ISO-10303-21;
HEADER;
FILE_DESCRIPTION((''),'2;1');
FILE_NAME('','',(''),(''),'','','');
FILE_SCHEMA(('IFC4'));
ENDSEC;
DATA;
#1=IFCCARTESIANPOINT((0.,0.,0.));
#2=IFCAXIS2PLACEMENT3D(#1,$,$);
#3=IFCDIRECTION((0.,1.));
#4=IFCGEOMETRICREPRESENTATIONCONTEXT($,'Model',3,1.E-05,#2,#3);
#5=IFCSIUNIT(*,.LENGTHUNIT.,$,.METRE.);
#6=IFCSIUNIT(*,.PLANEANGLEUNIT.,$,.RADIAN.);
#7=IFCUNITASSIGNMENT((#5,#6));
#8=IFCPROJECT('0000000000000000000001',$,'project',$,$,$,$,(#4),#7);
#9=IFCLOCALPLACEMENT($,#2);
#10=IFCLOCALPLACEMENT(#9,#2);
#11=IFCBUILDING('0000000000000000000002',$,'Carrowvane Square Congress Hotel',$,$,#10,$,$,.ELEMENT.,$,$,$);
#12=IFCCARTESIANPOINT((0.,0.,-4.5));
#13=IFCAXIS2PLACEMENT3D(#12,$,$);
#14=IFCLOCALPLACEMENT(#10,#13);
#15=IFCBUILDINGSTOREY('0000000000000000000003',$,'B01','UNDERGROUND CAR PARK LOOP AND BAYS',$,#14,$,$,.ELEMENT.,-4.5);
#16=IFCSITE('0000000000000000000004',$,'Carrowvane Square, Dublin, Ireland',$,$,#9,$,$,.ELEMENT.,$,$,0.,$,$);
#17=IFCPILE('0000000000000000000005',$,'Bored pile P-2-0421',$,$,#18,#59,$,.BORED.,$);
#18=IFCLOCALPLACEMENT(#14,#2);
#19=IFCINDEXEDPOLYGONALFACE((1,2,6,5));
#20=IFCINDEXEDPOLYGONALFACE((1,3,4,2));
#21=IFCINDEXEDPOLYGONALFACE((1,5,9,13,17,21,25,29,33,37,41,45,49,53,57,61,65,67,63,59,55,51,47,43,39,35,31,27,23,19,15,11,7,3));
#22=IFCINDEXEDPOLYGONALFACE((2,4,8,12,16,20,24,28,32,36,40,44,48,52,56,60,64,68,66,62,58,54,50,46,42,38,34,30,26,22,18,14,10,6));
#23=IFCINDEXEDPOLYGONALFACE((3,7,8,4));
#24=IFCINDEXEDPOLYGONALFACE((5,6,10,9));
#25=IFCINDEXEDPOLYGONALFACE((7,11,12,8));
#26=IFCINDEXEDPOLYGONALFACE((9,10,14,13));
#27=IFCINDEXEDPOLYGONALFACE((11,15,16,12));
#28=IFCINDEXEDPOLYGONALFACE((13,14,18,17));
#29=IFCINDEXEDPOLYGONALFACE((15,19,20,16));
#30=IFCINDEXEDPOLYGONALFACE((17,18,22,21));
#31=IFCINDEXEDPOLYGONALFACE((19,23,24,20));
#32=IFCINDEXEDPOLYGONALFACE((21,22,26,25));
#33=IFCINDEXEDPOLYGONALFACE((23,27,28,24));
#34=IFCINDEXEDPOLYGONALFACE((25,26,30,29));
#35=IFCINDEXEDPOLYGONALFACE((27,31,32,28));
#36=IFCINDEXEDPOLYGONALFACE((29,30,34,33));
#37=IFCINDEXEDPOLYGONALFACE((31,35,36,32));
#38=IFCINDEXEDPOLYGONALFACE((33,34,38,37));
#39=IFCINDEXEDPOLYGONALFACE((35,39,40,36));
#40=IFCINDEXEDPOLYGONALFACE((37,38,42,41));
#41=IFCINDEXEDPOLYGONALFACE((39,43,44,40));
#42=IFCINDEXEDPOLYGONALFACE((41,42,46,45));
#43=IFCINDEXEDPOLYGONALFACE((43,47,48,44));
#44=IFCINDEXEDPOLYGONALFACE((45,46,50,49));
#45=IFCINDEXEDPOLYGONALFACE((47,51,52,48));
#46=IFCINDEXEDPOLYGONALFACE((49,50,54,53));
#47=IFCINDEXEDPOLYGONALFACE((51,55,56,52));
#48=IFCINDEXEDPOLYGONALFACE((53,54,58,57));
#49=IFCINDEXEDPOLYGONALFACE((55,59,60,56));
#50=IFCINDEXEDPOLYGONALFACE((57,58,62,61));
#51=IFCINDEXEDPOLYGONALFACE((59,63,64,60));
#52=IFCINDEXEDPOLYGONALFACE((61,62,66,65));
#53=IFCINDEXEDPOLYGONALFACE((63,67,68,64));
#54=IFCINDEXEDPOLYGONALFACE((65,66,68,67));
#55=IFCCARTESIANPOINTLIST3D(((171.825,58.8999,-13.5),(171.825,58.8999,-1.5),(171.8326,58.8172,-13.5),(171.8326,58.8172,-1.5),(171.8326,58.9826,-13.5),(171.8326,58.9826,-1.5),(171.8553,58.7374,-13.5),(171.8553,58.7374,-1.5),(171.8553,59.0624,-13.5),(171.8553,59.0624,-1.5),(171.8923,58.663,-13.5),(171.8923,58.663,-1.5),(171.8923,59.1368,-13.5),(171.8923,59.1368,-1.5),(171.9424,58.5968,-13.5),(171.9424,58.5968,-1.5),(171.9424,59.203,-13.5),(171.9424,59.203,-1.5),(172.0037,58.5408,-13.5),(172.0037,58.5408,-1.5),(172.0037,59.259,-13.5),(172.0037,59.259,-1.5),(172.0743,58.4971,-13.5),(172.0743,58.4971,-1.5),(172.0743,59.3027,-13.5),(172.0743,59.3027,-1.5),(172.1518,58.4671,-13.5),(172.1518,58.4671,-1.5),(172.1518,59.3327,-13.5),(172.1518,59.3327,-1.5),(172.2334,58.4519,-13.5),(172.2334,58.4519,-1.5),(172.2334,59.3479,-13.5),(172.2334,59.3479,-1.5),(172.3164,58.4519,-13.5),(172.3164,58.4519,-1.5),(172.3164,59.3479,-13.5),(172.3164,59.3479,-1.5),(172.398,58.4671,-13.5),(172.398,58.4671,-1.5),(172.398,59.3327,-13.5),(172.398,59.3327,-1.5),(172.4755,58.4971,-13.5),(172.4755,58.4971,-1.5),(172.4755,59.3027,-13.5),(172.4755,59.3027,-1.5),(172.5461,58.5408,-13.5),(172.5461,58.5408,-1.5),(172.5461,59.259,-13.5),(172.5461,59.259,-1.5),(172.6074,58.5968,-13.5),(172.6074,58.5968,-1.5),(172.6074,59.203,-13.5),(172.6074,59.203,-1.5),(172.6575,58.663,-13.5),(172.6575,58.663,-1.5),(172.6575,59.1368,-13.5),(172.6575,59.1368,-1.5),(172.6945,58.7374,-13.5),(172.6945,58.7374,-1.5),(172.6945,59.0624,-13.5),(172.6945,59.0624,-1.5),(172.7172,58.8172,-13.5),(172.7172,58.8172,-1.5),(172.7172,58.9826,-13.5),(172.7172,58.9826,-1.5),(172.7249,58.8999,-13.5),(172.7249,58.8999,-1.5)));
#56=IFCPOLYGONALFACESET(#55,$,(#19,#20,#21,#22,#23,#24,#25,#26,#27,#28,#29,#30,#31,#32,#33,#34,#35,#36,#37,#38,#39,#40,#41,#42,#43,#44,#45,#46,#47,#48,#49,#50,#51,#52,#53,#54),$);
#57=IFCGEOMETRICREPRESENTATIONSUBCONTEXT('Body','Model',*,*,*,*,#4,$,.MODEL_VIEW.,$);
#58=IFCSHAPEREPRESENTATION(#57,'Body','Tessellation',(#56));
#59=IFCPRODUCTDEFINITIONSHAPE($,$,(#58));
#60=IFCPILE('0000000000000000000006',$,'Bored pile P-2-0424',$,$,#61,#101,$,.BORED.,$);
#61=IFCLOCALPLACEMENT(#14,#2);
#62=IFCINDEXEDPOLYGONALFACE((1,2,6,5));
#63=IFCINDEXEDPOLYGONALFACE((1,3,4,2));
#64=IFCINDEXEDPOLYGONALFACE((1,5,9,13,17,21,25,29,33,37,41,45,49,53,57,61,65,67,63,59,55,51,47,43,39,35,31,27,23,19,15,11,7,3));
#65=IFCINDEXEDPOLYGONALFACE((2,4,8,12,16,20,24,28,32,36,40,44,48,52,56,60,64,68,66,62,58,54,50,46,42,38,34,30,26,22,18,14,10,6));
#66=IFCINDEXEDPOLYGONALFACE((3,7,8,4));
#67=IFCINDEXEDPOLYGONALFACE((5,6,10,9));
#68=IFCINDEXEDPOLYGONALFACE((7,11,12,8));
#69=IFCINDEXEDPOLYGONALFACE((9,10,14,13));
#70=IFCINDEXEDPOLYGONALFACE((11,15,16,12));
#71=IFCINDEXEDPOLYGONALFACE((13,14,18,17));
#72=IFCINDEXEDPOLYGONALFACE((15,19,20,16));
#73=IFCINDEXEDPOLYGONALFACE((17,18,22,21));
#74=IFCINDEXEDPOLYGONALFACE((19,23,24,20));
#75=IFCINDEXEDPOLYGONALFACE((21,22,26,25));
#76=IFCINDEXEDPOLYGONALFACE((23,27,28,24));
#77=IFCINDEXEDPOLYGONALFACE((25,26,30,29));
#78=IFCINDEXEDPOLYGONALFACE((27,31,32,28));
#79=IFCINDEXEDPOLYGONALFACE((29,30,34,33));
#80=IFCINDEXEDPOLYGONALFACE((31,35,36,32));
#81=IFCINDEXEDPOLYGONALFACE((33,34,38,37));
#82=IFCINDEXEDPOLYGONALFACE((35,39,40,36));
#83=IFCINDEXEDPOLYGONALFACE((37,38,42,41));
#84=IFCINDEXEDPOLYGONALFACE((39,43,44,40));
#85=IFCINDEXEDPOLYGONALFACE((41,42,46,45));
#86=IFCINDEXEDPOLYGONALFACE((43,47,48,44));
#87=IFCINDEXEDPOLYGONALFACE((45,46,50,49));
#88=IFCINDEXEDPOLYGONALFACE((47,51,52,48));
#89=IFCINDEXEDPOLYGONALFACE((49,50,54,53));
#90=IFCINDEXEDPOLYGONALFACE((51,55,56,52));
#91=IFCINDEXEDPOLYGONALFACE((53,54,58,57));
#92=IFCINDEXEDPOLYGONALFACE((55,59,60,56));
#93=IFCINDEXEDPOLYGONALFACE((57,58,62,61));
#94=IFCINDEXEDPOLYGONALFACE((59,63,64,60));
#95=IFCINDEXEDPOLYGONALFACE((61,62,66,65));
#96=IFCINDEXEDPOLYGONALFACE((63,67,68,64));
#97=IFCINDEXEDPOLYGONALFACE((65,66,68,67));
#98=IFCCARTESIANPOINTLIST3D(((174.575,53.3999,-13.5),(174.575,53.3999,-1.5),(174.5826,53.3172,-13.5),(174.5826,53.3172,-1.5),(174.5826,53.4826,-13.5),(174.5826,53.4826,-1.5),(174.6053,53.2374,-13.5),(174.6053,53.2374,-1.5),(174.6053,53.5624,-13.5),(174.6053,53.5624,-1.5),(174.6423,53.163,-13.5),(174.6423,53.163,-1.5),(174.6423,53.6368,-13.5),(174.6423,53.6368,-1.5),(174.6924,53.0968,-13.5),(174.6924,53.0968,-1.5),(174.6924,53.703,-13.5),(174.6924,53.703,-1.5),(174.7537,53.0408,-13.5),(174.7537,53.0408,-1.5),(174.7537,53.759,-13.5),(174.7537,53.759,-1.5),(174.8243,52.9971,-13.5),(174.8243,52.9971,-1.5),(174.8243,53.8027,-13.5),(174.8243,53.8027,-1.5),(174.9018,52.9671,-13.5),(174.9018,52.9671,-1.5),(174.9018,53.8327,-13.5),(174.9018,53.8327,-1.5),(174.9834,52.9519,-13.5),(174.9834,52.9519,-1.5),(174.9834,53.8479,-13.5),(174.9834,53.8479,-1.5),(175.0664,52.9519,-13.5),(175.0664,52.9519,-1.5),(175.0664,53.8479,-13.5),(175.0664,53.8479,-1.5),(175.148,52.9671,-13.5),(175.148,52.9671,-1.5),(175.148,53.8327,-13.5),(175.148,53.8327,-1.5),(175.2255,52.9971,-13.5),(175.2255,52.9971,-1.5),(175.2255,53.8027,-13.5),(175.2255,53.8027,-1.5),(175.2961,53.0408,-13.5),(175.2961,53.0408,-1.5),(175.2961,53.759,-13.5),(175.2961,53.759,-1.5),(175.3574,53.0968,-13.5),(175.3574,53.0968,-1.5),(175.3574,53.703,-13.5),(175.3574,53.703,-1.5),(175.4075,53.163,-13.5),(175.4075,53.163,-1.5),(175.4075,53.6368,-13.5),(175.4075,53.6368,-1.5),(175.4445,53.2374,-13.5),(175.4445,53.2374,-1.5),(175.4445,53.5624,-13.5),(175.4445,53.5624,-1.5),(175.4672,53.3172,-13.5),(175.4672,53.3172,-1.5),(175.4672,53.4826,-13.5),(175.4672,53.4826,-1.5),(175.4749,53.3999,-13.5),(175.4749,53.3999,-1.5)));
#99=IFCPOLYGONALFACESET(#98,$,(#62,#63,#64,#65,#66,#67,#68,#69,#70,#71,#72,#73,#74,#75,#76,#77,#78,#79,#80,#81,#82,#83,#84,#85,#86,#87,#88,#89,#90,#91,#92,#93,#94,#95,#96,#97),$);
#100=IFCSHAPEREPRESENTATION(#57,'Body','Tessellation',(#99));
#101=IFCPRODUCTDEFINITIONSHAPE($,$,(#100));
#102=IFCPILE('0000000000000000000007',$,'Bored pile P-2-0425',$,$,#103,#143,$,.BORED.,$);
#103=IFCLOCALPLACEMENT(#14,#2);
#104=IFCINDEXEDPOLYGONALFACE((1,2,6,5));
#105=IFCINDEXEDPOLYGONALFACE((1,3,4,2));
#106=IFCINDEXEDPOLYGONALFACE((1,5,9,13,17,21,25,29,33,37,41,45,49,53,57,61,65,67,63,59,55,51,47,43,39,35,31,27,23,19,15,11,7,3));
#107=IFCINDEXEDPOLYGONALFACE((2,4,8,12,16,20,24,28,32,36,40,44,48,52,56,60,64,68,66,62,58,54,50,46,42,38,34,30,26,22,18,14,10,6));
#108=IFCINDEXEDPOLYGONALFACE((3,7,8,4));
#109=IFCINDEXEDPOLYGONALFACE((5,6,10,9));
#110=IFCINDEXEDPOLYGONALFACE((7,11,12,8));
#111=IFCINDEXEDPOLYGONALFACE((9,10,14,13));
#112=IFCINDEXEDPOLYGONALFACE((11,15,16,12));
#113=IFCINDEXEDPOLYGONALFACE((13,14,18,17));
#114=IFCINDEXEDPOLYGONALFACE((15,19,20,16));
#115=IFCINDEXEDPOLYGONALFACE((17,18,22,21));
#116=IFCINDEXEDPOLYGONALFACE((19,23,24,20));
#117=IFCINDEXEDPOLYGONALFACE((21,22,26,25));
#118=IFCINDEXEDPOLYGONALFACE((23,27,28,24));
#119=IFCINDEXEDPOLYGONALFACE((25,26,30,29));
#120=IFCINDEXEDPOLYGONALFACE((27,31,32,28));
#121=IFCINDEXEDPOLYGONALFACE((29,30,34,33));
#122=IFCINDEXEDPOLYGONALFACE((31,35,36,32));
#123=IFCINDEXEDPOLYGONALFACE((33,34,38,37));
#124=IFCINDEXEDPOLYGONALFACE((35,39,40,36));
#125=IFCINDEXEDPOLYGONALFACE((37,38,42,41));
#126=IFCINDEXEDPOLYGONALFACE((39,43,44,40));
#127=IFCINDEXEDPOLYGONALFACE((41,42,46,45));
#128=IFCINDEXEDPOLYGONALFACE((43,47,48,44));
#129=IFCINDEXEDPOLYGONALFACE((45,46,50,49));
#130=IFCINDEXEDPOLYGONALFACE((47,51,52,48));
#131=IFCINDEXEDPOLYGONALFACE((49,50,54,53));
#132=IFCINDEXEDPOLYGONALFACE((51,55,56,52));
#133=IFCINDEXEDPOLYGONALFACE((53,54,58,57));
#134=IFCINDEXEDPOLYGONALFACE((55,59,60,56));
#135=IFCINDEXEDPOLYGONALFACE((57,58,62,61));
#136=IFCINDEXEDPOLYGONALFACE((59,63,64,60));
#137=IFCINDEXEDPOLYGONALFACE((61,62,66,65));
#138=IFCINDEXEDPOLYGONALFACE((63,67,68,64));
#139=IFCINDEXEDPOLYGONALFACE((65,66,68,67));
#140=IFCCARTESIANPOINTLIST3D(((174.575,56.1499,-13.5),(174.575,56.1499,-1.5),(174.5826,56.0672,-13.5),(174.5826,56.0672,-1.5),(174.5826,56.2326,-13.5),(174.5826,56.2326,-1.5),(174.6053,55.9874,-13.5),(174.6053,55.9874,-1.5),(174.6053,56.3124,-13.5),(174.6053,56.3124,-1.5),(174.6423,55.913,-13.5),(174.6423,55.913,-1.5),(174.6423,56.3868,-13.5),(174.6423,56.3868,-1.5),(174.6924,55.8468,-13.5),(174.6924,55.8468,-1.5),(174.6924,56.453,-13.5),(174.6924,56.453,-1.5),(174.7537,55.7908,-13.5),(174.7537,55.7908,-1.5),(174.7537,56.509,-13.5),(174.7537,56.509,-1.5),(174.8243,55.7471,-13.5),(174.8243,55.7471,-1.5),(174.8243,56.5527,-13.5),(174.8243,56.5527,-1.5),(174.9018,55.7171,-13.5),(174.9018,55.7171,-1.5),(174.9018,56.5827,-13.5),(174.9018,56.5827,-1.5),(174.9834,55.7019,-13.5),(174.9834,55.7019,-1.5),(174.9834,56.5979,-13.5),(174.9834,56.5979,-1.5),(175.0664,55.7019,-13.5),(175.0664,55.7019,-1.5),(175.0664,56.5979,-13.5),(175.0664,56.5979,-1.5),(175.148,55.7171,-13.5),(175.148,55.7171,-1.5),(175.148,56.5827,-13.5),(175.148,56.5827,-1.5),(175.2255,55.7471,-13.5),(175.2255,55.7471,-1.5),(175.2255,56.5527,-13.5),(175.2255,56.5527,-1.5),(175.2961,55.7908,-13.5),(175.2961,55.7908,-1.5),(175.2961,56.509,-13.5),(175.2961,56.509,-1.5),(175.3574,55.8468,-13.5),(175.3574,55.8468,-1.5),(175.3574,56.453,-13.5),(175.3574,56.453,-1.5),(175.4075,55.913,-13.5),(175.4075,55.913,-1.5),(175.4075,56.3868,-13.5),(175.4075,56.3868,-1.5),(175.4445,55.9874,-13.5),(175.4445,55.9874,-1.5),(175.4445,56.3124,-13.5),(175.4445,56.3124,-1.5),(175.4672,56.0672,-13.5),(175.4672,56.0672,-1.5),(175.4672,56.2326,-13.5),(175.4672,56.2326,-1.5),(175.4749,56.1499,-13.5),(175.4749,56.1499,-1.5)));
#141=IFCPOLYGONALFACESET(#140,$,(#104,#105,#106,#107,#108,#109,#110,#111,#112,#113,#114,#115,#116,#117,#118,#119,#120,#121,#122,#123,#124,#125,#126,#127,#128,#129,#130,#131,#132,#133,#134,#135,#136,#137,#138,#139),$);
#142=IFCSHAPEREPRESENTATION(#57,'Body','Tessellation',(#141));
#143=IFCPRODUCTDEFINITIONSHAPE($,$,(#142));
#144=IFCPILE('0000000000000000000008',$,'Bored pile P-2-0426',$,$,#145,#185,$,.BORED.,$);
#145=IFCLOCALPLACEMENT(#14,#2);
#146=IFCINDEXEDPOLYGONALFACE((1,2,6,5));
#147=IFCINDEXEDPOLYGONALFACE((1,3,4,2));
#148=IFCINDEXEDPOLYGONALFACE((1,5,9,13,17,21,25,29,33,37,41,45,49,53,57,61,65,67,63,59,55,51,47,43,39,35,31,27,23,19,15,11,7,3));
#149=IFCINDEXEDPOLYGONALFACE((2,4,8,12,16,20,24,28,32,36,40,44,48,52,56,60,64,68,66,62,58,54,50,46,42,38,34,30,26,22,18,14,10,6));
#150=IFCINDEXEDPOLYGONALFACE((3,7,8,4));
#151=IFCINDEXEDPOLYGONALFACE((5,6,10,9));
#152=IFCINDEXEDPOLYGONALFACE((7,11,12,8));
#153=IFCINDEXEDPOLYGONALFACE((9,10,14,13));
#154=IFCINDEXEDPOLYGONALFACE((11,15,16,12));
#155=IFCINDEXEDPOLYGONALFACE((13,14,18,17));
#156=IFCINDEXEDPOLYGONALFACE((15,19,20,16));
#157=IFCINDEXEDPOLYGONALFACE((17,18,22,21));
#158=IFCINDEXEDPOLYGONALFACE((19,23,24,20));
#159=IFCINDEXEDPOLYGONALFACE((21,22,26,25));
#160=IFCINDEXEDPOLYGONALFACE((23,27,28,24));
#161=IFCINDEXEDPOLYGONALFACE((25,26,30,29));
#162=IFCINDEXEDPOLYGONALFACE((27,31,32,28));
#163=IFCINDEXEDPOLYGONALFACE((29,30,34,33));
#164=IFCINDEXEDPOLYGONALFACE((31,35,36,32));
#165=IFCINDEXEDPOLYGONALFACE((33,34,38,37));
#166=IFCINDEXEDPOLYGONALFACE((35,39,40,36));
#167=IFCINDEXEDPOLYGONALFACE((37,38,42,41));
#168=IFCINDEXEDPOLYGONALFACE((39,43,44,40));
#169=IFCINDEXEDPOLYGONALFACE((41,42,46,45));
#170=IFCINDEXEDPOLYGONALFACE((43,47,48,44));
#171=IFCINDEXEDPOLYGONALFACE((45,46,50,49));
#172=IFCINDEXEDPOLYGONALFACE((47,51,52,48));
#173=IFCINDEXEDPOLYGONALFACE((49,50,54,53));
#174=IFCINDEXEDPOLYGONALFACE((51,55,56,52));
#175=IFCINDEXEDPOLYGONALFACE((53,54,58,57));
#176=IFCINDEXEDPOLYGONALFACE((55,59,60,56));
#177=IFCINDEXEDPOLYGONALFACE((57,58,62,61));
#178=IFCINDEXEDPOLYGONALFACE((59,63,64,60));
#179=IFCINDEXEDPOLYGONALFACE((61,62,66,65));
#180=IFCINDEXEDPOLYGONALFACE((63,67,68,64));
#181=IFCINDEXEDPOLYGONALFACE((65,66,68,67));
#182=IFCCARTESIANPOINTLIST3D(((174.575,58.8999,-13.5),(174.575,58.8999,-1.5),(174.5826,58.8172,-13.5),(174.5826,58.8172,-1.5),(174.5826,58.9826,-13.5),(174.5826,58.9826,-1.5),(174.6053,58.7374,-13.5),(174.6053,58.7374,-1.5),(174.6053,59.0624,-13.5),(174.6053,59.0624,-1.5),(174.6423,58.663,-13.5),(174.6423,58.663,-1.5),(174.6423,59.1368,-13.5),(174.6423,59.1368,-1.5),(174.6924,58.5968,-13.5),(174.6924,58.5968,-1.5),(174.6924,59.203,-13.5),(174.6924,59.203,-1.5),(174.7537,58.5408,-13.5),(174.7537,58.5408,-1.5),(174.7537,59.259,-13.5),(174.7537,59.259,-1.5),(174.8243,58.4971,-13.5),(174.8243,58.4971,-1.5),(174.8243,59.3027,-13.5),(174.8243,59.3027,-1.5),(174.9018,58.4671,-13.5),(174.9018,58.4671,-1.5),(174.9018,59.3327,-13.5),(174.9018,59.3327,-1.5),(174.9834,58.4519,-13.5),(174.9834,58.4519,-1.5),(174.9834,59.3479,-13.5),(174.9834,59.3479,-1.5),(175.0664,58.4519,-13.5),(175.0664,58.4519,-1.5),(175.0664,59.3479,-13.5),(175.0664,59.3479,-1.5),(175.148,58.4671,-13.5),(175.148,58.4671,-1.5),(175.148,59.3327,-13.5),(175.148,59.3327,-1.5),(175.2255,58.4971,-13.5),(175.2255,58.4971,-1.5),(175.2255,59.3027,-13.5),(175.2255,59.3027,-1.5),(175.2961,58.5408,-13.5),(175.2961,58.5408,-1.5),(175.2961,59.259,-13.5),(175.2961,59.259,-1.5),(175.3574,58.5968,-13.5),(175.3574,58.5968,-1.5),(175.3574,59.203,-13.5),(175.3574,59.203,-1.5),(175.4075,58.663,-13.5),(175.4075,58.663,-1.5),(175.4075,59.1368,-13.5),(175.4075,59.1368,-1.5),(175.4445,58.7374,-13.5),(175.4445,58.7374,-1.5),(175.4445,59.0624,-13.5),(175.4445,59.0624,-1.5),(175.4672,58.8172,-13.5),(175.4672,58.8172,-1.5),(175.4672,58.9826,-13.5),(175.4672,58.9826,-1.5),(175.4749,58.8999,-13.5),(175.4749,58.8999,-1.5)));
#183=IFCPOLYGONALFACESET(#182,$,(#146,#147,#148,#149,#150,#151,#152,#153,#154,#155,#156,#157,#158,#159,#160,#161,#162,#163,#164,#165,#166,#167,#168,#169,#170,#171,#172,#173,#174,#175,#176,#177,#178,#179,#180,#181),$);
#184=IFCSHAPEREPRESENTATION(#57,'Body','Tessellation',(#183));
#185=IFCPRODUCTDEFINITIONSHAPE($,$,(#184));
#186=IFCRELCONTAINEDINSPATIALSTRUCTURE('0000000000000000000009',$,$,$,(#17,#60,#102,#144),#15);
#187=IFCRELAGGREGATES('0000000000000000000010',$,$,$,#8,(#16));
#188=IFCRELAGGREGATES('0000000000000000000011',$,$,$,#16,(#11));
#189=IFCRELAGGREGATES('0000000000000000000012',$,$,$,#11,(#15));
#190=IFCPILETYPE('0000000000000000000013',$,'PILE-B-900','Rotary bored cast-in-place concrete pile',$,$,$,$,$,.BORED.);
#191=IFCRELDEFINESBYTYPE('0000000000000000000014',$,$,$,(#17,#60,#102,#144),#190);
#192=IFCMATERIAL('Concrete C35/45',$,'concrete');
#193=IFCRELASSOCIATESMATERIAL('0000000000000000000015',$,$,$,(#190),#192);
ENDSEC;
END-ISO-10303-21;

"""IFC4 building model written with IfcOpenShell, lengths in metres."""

from ifc_helpers import new_model, si_unit, direction, frame, origin, origin_2d, place, context, subcontext, project, spatial, circle, extrude, material, material_profile, profile_set, type_object, element, save


model = new_model("IFC4")

# Units and contexts
model_context = context("Model", 3, precision=1e-05, world=origin(), true_north=direction((0.0, 1.0)))
body_context = subcontext(model_context, "Body", "Model", "MODEL_VIEW")
ifc_project = project(units=[si_unit("LENGTHUNIT", "METRE"), si_unit("PLANEANGLEUNIT", "RADIAN")], contexts=[model_context])

# Site, building, storey
site_placement = place(None, origin())
site = spatial("IfcSite", under=ifc_project, at=site_placement, Name="Carrowvane Square, Dublin, Ireland", CompositionType="ELEMENT", RefElevation=0.0)
building_placement = place(site_placement, origin())
building = spatial("IfcBuilding", under=site, at=building_placement, Name="Carrowvane Square Congress Hotel", CompositionType="ELEMENT")
storey_placement = place(building_placement, frame((0.0, 0.0, -4.5)))
storey = spatial("IfcBuildingStorey", under=building, at=storey_placement, Name="B01", Description="UNDERGROUND CAR PARK LOOP AND BAYS", CompositionType="ELEMENT", Elevation=-4.5)

# Piles
ifc_material_1 = material(Name="Concrete C35/45", Category="concrete")
ifc_material_profile_1 = material_profile(ifc_material_1, circle(Radius=0.45, at=origin_2d()), Name="PILE D900")
ifc_profile_set_1 = profile_set([ifc_material_profile_1], Name="Concrete C35/45")
pile_type_1 = type_object("IfcPileType", Name="PILE-B-900", Description="Rotary bored cast-in-place concrete pile", PredefinedType="BORED", material=ifc_profile_set_1)
for number, where, z_axis, x_axis, name in (
    (1, (172.2749, 58.8999, -1.5), (0.0, 0.0, -1.0), (1.0, 0.0, 0.0), "Bored pile P-2-0421"),
    (2, (175.0249, 53.3999, -1.5), (0.0, 0.0, -1.0), (1.0, 0.0, 0.0), "Bored pile P-2-0424"),
    (3, (175.0249, 56.1499, -1.5), (0.0, 0.0, -1.0), (1.0, 0.0, 0.0), "Bored pile P-2-0425"),
    (4, (175.0249, 58.8999, -1.5), (0.0, 0.0, -1.0), (1.0, 0.0, 0.0), "Bored pile P-2-0426"),
):
    element("IfcPile", number, at=place(storey_placement, frame(where, z_axis=z_axis, x_axis=x_axis)), inside=storey, type_object=pile_type_1, Name=name, PredefinedType="BORED", context=body_context, shape_type="SweptSolid", body=[
        extrude(circle(Radius=0.45, at=origin_2d()), origin(), (0.0, 0.0, 1.0), 12.0),
    ])

save(model, "model.ifc")
